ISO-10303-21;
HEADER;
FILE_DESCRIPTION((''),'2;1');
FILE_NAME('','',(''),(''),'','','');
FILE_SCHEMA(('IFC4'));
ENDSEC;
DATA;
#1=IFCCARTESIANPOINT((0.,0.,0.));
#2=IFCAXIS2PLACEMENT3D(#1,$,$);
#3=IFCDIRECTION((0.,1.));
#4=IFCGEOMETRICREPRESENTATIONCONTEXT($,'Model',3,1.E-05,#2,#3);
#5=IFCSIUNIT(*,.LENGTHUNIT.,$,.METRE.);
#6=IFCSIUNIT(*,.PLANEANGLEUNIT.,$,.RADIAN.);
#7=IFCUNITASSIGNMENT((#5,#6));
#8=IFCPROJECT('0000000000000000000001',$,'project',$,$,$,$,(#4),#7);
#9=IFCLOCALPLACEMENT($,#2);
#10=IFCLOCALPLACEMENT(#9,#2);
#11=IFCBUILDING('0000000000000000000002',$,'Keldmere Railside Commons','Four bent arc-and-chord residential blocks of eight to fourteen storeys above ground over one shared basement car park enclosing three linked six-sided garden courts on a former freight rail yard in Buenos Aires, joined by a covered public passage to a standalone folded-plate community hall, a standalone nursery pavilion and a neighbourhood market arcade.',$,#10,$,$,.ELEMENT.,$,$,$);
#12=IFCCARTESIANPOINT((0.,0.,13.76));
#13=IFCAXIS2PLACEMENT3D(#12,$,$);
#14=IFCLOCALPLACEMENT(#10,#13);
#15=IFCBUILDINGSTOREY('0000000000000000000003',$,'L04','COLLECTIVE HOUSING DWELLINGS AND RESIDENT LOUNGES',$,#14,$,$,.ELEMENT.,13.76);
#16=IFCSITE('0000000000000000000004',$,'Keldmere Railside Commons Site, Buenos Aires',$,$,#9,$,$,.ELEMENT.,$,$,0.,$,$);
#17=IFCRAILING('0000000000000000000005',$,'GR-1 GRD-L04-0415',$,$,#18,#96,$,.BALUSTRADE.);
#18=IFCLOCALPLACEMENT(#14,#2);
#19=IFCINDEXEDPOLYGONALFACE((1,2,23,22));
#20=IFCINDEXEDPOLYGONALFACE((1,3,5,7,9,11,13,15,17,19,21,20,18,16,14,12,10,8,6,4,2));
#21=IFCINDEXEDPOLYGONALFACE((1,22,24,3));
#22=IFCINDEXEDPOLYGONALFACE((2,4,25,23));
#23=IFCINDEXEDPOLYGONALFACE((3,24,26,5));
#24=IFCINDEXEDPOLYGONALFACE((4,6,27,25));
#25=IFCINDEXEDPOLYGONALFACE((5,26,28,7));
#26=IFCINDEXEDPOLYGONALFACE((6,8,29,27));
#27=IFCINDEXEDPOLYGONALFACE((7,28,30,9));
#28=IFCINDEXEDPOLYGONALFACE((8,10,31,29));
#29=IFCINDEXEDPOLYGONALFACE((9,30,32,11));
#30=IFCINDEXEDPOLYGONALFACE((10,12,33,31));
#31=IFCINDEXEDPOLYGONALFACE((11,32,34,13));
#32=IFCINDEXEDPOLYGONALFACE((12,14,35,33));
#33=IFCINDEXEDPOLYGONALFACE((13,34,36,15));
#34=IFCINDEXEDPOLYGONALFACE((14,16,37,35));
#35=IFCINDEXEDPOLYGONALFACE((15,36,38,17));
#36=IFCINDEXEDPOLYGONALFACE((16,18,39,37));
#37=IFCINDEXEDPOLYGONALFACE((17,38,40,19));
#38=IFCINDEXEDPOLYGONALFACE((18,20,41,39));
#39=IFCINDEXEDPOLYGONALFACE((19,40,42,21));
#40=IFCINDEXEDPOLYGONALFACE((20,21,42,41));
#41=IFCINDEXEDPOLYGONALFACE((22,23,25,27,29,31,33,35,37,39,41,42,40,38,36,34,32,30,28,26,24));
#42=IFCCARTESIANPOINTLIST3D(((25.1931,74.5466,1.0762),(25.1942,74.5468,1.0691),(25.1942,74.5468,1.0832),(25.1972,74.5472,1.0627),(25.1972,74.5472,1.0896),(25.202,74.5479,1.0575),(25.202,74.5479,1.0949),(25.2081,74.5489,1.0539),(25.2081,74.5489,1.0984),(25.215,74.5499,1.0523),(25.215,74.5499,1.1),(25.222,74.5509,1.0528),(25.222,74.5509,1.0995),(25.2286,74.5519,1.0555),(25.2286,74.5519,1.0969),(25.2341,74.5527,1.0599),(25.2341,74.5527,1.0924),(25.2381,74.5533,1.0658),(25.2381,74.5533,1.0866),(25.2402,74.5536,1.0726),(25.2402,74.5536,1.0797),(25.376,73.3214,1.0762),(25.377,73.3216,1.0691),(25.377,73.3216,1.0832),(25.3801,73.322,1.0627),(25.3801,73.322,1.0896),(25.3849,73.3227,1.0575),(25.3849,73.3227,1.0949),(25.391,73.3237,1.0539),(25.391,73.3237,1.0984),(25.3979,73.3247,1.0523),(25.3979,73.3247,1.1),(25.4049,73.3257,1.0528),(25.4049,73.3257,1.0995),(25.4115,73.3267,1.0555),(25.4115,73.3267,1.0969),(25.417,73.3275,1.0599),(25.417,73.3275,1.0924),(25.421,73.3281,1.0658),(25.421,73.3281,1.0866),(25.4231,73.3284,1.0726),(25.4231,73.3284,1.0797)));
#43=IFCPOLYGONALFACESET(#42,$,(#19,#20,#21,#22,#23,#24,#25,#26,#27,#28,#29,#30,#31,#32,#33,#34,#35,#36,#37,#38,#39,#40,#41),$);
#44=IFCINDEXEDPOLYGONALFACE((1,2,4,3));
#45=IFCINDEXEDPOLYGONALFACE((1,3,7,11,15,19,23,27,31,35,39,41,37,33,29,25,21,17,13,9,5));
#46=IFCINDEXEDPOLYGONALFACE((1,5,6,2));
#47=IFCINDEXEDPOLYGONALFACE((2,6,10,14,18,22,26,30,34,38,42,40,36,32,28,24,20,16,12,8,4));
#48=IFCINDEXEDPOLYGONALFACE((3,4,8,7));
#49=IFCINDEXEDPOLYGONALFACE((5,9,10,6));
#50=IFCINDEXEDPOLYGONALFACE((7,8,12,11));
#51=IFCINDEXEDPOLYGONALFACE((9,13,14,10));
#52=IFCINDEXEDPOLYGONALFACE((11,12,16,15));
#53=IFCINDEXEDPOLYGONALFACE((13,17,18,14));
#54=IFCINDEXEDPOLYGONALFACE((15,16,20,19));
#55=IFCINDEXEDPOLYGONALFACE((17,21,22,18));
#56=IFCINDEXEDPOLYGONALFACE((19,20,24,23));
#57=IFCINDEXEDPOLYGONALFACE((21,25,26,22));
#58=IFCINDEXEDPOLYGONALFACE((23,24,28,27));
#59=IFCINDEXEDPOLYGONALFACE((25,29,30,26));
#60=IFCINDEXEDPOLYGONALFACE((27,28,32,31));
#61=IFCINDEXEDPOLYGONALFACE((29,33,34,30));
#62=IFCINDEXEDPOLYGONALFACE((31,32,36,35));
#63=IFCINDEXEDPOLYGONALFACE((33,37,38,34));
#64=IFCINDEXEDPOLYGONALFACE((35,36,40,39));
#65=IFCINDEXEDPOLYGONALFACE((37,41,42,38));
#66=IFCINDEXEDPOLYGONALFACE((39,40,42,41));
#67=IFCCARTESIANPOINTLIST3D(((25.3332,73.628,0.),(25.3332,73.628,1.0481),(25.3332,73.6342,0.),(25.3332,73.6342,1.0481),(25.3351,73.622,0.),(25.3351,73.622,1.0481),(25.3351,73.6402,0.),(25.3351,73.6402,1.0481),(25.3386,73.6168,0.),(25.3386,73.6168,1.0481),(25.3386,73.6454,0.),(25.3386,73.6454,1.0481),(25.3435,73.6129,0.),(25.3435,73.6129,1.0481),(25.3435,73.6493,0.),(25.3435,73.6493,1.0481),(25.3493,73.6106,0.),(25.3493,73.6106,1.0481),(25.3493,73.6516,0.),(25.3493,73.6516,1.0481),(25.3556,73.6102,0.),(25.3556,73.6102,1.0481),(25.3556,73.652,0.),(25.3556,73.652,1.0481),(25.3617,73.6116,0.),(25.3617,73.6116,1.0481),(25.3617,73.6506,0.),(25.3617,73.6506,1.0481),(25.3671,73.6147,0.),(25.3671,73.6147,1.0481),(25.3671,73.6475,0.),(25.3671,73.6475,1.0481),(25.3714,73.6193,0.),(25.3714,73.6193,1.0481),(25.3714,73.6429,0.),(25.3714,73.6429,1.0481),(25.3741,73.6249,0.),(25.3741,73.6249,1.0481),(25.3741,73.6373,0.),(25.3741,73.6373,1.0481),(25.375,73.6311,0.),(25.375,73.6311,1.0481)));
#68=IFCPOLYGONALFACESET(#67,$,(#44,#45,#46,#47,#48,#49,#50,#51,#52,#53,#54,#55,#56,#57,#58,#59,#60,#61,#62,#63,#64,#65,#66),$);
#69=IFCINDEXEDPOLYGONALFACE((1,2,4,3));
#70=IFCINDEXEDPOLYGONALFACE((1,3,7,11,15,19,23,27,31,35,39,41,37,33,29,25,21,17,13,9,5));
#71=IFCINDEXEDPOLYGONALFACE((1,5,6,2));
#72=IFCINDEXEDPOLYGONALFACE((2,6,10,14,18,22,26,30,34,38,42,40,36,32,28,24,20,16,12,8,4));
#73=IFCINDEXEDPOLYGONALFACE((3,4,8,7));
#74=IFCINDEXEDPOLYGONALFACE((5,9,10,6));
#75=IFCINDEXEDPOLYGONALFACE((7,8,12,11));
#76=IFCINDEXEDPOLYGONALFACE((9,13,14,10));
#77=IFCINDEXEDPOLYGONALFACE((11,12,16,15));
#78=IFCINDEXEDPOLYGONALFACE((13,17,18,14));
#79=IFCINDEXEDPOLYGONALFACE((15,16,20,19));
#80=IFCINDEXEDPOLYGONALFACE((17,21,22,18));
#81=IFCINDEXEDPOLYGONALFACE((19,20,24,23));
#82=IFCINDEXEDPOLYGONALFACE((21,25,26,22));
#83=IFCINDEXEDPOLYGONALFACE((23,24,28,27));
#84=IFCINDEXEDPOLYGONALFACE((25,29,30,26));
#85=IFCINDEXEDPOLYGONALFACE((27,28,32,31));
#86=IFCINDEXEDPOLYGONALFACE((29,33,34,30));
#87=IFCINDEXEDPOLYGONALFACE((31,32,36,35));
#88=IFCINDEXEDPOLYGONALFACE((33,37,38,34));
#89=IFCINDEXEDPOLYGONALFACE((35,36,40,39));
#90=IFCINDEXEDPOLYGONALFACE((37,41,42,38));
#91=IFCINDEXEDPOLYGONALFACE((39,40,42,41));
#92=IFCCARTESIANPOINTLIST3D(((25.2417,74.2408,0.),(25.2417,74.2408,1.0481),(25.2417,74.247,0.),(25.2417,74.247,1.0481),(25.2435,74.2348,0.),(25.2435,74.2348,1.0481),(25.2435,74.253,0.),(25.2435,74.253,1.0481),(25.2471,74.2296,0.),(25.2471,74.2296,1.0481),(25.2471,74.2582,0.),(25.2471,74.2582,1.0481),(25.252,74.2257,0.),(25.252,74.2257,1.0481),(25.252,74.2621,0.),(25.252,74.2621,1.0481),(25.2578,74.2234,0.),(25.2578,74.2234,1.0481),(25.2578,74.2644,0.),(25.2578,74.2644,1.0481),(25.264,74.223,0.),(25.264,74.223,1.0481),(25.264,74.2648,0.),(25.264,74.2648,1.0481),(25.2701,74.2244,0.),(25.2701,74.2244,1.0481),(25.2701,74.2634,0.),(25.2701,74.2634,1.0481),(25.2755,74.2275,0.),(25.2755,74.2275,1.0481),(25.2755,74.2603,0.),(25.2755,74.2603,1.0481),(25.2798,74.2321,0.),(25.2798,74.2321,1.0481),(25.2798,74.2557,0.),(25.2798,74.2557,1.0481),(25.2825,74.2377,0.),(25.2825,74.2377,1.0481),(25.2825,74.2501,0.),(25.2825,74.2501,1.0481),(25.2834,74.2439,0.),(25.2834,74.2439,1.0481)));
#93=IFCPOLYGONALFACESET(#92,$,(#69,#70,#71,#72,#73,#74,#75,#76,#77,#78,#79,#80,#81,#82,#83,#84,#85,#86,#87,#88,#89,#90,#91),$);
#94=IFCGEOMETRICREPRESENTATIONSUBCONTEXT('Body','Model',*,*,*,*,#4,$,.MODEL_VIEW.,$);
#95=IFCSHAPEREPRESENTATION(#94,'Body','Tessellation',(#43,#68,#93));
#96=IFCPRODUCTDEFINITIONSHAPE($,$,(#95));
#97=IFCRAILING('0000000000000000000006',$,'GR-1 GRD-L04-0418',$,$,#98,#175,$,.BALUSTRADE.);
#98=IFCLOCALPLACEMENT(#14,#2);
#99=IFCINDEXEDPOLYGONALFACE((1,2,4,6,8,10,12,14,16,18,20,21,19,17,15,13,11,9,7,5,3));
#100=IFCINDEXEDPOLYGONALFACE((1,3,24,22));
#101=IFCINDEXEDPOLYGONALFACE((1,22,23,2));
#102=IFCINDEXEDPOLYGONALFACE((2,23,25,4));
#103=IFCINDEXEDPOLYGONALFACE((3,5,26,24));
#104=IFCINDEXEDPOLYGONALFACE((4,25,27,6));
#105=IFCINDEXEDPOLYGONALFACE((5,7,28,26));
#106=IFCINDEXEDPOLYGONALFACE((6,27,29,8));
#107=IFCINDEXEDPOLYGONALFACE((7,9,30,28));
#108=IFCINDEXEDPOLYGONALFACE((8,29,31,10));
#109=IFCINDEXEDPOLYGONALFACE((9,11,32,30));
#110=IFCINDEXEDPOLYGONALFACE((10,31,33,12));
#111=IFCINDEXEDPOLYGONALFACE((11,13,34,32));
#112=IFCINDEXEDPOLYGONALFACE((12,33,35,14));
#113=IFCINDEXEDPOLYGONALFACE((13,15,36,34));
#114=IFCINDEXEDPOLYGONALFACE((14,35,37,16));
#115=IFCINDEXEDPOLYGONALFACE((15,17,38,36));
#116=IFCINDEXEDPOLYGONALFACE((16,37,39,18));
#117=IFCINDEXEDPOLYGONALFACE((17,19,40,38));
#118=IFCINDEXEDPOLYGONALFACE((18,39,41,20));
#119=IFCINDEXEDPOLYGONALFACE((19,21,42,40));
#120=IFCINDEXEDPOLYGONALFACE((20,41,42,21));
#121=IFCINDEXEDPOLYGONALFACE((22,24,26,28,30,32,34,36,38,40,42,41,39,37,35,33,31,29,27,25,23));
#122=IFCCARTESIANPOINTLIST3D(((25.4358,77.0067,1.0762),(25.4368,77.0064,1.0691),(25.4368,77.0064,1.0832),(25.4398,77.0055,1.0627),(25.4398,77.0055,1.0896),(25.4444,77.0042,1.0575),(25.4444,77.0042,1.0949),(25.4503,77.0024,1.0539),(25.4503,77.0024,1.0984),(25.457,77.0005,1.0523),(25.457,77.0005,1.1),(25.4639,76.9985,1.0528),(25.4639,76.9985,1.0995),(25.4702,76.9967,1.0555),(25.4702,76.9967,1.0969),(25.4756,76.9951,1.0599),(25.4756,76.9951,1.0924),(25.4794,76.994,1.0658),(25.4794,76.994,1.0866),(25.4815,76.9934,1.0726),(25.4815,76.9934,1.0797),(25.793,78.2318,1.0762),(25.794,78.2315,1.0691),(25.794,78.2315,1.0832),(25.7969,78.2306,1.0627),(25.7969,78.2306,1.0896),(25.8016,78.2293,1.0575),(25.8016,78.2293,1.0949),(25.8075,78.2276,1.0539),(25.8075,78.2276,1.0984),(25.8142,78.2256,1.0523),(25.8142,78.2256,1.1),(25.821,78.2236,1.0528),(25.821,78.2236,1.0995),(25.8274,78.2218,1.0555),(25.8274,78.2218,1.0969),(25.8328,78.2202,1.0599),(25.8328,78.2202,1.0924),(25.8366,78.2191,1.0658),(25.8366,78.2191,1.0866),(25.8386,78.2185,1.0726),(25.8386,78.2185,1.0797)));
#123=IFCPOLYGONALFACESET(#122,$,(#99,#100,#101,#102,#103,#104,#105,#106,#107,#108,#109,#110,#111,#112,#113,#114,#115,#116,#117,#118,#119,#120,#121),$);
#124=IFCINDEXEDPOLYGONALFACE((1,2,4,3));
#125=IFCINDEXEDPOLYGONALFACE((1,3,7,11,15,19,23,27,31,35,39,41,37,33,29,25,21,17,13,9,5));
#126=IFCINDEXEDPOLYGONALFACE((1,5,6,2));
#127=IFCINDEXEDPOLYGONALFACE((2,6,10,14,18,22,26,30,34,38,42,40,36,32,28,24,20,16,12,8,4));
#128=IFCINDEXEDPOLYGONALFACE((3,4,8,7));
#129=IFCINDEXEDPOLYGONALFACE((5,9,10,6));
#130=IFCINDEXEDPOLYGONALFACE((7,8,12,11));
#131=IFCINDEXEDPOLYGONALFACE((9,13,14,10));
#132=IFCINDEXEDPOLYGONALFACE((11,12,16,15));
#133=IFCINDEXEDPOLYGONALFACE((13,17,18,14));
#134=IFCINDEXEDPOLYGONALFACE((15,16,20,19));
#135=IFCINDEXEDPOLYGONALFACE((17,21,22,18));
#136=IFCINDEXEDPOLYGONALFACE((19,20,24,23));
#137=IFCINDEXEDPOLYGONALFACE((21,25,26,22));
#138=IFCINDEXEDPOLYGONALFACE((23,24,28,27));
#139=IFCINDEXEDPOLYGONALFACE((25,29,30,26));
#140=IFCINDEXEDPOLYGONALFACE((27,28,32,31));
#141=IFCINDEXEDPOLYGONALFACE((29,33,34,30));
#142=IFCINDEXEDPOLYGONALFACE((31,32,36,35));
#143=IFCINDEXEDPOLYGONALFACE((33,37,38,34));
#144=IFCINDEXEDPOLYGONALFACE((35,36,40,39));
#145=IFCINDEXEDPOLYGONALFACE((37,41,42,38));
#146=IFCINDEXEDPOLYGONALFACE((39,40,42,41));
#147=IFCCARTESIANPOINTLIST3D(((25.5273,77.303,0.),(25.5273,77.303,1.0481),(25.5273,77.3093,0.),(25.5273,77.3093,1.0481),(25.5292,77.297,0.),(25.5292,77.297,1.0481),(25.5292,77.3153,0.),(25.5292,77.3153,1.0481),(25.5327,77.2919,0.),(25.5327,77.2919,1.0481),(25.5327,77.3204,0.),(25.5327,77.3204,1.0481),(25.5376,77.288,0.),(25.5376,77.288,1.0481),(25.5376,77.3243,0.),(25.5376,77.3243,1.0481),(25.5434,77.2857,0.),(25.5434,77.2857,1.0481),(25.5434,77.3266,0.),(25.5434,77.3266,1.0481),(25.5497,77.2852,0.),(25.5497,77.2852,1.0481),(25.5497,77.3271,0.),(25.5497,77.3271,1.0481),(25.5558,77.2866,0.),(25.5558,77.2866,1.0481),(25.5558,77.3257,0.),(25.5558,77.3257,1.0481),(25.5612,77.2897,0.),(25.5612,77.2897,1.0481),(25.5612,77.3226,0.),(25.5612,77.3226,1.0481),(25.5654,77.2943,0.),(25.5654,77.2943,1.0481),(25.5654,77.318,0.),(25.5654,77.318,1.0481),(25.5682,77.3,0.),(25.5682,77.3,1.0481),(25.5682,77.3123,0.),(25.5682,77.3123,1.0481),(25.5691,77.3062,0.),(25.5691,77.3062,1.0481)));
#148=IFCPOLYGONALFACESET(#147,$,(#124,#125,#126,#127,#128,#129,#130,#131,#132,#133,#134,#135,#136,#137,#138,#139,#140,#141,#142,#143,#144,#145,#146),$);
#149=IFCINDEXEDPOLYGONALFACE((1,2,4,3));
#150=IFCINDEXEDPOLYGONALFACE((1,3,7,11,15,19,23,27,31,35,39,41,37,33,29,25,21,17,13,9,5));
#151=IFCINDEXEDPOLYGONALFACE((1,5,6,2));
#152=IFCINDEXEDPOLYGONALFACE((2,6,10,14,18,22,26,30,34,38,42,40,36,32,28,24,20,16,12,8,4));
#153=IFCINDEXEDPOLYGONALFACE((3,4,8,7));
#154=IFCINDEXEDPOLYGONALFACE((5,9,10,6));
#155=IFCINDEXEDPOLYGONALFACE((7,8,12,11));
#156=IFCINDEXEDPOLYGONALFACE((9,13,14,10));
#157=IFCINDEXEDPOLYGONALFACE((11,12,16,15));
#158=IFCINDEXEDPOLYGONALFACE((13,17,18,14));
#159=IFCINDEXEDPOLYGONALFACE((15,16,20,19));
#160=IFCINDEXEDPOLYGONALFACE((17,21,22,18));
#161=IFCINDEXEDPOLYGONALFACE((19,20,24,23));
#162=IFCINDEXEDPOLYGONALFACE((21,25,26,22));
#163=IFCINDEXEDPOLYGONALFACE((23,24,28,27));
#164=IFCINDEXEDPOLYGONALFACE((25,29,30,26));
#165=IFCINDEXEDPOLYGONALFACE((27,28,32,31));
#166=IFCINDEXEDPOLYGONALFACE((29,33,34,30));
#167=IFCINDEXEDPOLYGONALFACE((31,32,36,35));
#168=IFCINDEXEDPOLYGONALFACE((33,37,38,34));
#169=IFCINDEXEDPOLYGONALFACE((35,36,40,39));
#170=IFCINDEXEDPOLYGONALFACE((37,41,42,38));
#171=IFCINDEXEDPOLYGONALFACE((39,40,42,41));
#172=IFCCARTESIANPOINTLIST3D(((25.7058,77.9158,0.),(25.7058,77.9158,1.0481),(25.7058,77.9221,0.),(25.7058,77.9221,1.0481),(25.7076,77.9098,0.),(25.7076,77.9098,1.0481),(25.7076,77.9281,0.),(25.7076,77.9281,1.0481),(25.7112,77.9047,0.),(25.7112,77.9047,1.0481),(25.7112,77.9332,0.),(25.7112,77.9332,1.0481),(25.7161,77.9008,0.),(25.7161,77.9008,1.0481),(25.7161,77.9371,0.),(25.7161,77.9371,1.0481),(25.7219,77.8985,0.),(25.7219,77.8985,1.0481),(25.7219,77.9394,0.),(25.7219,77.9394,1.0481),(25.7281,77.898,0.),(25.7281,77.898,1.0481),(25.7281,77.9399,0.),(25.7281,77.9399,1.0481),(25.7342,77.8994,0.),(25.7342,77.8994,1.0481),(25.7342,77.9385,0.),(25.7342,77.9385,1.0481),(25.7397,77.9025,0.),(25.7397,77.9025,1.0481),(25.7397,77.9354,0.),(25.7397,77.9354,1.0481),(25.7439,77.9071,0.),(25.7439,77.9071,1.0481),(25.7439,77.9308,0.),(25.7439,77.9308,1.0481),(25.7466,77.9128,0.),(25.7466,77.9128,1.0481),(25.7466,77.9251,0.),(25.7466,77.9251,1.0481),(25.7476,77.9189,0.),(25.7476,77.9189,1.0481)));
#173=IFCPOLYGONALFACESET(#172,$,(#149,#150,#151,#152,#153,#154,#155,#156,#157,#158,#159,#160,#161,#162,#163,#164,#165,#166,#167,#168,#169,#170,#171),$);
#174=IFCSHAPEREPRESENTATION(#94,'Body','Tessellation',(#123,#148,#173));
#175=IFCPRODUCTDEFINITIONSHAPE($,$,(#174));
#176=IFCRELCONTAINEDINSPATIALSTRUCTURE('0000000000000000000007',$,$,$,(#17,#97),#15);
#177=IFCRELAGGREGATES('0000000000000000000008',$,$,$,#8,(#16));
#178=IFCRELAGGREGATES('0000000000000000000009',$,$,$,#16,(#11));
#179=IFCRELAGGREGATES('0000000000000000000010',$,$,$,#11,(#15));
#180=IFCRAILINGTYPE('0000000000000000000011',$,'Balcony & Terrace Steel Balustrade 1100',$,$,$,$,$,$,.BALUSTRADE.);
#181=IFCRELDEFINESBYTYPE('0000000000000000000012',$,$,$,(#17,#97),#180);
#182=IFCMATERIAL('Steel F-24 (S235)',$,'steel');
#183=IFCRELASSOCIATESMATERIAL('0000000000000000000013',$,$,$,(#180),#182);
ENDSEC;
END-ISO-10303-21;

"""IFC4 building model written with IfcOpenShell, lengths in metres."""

from ifc_helpers import new_model, si_unit, direction, frame, origin, origin_2d, place, context, subcontext, project, spatial, circle, extrude, material, type_object, element, save


model = new_model("IFC4")

# Units and contexts
model_context = context("Model", 3, precision=1e-05, world=origin(), true_north=direction((0.0, 1.0)))
body_context = subcontext(model_context, "Body", "Model", "MODEL_VIEW")
ifc_project = project(units=[si_unit("LENGTHUNIT", "METRE"), si_unit("PLANEANGLEUNIT", "RADIAN")], contexts=[model_context])

# Site, building, storey
site_placement = place(None, origin())
site = spatial("IfcSite", under=ifc_project, at=site_placement, Name="Keldmere Railside Commons Site, Buenos Aires", CompositionType="ELEMENT", RefElevation=0.0)
building_placement = place(site_placement, origin())
building = spatial("IfcBuilding", under=site, at=building_placement, Name="Keldmere Railside Commons", Description="Four bent arc-and-chord residential blocks of eight to fourteen storeys above ground over one shared basement car park enclosing three linked six-sided garden courts on a former freight rail yard in Buenos Aires, joined by a covered public passage to a standalone folded-plate community hall, a standalone nursery pavilion and a neighbourhood market arcade.", CompositionType="ELEMENT")
storey_placement = place(building_placement, frame((0.0, 0.0, 13.76)))
storey = spatial("IfcBuildingStorey", under=building, at=storey_placement, Name="L04", Description="COLLECTIVE HOUSING DWELLINGS AND RESIDENT LOUNGES", CompositionType="ELEMENT", Elevation=13.76)

# Railings
ifc_material_1 = material(Name="Steel F-24 (S235)", Category="steel")
railing_type = type_object("IfcRailingType", Name="Balcony & Terrace Steel Balustrade 1100", PredefinedType="BALUSTRADE", material=ifc_material_1)
railing_1_placement = place(storey_placement, frame((25.3997, 73.325, 0.0)))
element("IfcRailing", 1, at=railing_1_placement, inside=storey, type_object=railing_type, Name="GR-1 GRD-L04-0415", PredefinedType="BALUSTRADE", context=body_context, shape_type="SweptSolid", body=[
    extrude(circle(Radius=0.0239, at=origin_2d()), frame((0.0, 0.0, 1.0762), z_axis=(-0.147627, 0.989043, 0.0), x_axis=(-0.989043, -0.147627, 0.0)), (0.0, 0.0, 1.0), 1.2388),
    extrude(circle(Radius=0.021, at=origin_2d()), frame((-0.0457, 0.3062, 0.0)), (0.0, 0.0, 1.0), 1.0481),
    extrude(circle(Radius=0.021, at=origin_2d()), frame((-0.1372, 0.9189, 0.0)), (0.0, 0.0, 1.0), 1.0481),
])
railing_2_placement = place(storey_placement, frame((25.4587, 77.0, 0.0)))
element("IfcRailing", 2, at=railing_2_placement, inside=storey, type_object=railing_type, Name="GR-1 GRD-L04-0418", PredefinedType="BALUSTRADE", context=body_context, shape_type="SweptSolid", body=[
    extrude(circle(Radius=0.0239, at=origin_2d()), frame((0.0, 0.0, 1.0762), z_axis=(0.279897, 0.96003, 0.0), x_axis=(-0.96003, 0.279897, 0.0)), (0.0, 0.0, 1.0), 1.2761),
    extrude(circle(Radius=0.021, at=origin_2d()), frame((0.0894, 0.3062, 0.0)), (0.0, 0.0, 1.0), 1.0481),
    extrude(circle(Radius=0.021, at=origin_2d()), frame((0.2678, 0.9189, 0.0)), (0.0, 0.0, 1.0), 1.0481),
])

save(model, "model.ifc")
